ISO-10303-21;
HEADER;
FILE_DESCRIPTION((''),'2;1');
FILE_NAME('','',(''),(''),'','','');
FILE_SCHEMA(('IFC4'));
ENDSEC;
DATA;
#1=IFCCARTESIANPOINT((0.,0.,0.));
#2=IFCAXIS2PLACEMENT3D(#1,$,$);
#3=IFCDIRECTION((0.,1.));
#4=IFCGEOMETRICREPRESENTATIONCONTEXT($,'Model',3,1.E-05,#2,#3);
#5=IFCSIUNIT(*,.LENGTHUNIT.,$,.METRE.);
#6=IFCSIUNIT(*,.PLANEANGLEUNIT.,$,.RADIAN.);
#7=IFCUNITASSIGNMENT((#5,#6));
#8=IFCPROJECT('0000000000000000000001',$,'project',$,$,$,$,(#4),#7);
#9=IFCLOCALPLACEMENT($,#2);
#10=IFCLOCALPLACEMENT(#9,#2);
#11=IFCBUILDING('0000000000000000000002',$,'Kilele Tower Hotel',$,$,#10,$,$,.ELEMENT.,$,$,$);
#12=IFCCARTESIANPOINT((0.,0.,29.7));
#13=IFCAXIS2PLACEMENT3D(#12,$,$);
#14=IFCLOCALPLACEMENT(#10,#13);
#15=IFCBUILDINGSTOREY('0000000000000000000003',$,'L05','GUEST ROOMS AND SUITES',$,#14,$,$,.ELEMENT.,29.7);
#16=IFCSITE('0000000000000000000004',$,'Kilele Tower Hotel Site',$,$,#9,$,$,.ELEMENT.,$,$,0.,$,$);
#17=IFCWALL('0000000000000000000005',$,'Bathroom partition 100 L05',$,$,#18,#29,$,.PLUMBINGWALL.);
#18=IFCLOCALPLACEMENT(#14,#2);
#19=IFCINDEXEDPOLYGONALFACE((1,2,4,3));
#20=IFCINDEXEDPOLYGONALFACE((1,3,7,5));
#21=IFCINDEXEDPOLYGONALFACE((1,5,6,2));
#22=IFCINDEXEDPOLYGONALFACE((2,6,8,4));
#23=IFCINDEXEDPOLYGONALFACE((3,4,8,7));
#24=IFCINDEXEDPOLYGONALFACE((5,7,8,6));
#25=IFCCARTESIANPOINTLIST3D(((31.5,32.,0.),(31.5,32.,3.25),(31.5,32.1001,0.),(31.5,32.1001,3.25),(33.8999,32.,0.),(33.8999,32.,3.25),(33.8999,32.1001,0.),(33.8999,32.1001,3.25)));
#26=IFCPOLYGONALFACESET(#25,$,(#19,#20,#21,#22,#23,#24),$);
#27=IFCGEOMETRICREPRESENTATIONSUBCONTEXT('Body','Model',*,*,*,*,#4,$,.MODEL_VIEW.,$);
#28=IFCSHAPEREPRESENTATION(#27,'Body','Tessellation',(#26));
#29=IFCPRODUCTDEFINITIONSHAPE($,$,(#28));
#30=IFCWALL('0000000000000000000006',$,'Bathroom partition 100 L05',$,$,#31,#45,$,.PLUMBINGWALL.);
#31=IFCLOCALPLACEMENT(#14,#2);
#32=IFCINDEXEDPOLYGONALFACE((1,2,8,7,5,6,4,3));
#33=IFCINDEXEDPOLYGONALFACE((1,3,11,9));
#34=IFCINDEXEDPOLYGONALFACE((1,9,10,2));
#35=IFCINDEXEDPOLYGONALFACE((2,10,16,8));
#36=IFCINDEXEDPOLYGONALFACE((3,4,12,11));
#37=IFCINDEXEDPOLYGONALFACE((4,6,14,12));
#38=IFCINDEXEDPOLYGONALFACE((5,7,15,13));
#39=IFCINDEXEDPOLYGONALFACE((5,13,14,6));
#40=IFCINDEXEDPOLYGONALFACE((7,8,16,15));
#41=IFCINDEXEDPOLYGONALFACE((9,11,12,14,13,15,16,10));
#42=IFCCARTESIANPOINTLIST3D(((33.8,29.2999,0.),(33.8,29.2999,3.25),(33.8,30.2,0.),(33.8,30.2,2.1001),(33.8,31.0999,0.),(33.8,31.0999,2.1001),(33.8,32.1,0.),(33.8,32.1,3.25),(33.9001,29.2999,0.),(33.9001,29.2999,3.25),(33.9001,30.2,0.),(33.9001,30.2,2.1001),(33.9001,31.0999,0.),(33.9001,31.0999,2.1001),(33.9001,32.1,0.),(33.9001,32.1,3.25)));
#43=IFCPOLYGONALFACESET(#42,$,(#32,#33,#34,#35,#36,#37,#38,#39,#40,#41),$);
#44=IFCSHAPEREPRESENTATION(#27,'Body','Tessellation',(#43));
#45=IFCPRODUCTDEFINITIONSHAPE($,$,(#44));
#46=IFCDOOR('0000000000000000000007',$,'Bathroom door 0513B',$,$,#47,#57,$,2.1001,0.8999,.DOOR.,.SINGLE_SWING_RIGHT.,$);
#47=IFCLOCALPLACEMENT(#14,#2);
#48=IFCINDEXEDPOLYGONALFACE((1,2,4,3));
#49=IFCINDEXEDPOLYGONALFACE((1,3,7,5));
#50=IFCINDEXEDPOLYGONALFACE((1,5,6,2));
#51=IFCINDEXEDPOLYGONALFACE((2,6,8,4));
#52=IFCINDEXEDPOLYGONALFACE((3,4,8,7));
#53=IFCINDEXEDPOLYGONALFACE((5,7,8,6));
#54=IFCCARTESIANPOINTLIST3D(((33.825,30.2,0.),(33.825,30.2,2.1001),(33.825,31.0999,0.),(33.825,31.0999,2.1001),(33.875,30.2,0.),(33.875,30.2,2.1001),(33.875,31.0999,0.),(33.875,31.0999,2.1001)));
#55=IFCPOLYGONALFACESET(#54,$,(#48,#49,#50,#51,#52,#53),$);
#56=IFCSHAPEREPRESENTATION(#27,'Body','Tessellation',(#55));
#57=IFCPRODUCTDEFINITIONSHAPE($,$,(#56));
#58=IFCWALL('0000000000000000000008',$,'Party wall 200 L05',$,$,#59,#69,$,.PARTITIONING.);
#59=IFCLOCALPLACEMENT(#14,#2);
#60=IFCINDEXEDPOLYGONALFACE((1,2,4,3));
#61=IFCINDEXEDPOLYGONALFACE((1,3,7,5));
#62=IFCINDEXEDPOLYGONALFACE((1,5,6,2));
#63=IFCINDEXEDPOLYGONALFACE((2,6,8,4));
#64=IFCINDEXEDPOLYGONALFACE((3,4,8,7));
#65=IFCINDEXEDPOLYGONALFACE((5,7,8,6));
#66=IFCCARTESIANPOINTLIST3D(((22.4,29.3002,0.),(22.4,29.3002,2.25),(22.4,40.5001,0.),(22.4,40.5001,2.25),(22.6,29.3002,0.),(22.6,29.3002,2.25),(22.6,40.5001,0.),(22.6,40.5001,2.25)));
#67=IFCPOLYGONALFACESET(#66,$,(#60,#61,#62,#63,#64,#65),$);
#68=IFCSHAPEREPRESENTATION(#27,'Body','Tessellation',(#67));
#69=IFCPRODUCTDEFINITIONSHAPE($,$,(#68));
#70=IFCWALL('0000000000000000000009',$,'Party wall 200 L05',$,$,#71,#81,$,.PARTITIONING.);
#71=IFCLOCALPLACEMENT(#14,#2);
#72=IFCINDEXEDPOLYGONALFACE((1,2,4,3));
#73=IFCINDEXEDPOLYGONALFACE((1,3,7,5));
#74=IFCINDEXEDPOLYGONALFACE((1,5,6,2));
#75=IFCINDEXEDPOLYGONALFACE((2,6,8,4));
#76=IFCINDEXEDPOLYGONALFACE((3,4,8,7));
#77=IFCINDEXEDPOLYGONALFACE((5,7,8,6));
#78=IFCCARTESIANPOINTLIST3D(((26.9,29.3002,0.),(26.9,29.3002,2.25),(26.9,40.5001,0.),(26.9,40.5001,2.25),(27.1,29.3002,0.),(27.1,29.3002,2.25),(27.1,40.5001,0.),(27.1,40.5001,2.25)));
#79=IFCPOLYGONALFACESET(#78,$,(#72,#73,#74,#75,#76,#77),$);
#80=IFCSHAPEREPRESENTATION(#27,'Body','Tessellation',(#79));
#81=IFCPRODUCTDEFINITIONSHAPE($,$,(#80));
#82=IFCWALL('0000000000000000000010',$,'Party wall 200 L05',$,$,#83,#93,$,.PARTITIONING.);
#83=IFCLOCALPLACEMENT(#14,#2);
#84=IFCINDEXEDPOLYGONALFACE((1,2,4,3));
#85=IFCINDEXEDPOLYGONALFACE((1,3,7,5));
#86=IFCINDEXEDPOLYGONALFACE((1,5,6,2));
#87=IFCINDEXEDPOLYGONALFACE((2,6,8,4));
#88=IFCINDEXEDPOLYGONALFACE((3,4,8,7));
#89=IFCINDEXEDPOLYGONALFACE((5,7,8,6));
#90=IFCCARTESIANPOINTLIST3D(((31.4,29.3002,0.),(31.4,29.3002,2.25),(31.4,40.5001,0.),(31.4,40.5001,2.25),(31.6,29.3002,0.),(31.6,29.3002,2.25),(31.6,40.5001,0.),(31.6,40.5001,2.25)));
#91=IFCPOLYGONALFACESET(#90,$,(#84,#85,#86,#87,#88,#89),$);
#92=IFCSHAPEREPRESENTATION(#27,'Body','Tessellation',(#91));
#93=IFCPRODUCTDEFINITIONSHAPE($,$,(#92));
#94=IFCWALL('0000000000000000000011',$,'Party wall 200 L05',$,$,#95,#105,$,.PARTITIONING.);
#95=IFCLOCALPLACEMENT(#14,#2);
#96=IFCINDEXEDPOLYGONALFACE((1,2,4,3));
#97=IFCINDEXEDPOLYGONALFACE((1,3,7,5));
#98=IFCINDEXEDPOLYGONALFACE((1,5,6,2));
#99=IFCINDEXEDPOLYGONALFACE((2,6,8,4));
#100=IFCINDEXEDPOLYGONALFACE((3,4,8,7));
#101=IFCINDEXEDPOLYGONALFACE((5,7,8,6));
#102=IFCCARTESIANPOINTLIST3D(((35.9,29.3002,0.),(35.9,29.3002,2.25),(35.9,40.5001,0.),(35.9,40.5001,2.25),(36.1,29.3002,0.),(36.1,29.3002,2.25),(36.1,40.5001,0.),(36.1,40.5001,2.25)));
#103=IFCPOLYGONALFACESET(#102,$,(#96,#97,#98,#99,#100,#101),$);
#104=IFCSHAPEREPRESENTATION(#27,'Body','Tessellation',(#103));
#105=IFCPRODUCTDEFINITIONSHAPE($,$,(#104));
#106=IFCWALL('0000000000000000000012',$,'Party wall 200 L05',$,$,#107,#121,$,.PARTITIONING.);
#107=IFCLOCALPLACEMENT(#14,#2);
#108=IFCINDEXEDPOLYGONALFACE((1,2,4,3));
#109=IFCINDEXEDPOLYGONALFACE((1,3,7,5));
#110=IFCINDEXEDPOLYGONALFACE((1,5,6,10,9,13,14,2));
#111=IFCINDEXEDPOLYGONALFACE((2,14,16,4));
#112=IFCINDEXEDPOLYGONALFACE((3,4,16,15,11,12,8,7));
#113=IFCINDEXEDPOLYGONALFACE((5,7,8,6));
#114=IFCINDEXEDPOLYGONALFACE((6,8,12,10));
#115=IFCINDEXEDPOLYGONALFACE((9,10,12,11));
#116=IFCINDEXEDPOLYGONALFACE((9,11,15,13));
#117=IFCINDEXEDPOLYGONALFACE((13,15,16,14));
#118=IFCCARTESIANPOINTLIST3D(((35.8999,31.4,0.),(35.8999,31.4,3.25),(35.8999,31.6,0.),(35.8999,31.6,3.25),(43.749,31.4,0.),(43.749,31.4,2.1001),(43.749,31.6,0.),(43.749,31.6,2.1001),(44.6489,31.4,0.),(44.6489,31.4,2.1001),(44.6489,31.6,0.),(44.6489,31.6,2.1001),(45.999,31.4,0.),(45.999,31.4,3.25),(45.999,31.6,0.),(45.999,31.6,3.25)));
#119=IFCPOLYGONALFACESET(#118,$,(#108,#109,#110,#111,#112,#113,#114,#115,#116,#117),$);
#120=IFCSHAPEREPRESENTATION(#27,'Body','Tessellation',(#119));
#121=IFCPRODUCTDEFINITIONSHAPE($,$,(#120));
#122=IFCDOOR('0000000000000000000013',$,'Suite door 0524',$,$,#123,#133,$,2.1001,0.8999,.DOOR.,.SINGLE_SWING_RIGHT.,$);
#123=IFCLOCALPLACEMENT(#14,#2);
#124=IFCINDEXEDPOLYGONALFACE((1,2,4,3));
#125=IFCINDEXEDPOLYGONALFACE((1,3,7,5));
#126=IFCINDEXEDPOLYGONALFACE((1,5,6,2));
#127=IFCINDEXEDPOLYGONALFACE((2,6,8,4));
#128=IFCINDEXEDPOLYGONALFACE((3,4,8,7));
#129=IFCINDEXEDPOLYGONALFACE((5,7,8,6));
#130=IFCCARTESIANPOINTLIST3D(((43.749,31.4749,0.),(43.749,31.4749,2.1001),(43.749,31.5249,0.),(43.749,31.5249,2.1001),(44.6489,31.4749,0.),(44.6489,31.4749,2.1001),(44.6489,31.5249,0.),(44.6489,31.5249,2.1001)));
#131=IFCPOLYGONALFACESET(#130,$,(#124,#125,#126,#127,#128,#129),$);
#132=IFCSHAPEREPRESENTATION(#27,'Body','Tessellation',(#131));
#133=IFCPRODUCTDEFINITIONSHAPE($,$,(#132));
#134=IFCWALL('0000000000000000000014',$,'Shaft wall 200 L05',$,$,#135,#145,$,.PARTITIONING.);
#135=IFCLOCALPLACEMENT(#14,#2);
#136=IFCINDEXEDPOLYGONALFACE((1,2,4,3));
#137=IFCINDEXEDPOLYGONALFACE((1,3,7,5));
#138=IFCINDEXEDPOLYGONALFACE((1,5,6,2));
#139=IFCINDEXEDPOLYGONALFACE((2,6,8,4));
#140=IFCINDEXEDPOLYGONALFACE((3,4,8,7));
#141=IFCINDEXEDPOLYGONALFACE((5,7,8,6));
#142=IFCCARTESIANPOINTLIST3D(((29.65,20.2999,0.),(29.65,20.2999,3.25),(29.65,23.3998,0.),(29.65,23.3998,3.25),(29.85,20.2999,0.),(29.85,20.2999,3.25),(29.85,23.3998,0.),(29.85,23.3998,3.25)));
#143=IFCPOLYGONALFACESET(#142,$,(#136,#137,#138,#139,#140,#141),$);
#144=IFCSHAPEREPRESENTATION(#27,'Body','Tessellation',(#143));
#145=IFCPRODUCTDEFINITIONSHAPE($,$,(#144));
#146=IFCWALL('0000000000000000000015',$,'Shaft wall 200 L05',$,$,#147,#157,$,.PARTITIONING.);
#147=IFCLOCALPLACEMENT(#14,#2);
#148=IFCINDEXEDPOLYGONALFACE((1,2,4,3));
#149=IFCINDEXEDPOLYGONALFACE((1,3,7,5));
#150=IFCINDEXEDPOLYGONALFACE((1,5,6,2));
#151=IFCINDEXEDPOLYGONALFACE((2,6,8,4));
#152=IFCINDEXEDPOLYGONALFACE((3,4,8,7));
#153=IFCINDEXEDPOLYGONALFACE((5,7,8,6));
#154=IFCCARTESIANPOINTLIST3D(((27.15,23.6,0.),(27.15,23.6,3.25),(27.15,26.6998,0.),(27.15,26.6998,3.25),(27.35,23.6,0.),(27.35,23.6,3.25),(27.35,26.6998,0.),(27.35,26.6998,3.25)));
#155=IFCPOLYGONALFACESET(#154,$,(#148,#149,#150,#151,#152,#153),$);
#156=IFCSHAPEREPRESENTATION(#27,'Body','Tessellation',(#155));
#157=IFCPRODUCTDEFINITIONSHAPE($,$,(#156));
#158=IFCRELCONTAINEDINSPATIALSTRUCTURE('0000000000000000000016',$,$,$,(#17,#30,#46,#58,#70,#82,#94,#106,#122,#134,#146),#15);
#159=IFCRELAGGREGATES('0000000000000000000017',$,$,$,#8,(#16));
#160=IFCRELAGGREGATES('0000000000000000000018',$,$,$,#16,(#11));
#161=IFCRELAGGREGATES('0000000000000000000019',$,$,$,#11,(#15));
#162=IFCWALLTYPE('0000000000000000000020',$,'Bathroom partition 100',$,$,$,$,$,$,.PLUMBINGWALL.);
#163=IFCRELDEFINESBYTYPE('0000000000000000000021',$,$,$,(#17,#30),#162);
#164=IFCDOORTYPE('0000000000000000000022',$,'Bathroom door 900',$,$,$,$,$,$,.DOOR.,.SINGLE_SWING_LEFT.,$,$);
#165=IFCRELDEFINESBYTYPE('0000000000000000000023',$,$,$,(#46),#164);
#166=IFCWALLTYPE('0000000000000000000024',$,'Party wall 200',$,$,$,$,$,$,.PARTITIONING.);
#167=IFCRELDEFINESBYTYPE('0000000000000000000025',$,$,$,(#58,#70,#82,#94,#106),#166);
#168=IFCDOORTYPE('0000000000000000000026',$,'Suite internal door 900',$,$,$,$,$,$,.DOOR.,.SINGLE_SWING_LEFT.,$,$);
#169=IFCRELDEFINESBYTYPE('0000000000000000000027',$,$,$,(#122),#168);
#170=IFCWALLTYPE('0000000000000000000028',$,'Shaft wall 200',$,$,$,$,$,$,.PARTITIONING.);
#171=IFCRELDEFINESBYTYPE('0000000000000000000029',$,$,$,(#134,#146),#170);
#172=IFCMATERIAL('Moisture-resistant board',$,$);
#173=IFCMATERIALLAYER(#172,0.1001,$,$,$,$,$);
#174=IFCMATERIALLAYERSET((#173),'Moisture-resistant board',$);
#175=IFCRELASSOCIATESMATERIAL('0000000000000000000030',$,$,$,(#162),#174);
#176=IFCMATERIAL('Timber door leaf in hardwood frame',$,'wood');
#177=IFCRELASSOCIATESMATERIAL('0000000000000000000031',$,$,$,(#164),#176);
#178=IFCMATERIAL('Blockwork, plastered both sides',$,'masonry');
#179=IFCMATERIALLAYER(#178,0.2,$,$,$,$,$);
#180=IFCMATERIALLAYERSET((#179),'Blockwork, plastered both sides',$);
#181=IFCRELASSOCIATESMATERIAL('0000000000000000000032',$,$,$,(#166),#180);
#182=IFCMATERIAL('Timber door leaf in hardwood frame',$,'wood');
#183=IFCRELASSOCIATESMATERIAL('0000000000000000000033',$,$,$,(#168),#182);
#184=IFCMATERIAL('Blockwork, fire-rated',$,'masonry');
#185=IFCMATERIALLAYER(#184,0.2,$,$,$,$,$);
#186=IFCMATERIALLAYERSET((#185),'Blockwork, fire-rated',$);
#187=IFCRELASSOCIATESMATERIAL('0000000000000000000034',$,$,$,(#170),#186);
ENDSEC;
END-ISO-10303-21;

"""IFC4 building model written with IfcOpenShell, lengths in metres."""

from ifc_helpers import new_model, si_unit, direction, frame, frame_2d, origin, place, context, subcontext, project, spatial, rectangle, extrude, material, layer, layer_set, type_object, element, fill, save


model = new_model("IFC4")

# Units and contexts
model_context = context("Model", 3, precision=1e-05, world=origin(), true_north=direction((0.0, 1.0)))
body_context = subcontext(model_context, "Body", "Model", "MODEL_VIEW")
ifc_project = project(units=[si_unit("LENGTHUNIT", "METRE"), si_unit("PLANEANGLEUNIT", "RADIAN")], contexts=[model_context])

# Site, building, storey
site_placement = place(None, origin())
site = spatial("IfcSite", under=ifc_project, at=site_placement, Name="Kilele Tower Hotel Site", CompositionType="ELEMENT", RefElevation=0.0)
building_placement = place(site_placement, origin())
building = spatial("IfcBuilding", under=site, at=building_placement, Name="Kilele Tower Hotel", CompositionType="ELEMENT")
storey_placement = place(building_placement, frame((0.0, 0.0, 29.7)))
storey = spatial("IfcBuildingStorey", under=building, at=storey_placement, Name="L05", Description="GUEST ROOMS AND SUITES", CompositionType="ELEMENT", Elevation=29.7)

# Shared definitions
ifc_material_1 = material(Name="Moisture-resistant board")
ifc_layer_1 = layer(ifc_material_1, 0.1001)
ifc_layer_set_1 = layer_set([ifc_layer_1], Name="Moisture-resistant board")
wall_type_1 = type_object("IfcWallType", Name="Bathroom partition 100", PredefinedType="PLUMBINGWALL", material=ifc_layer_set_1)

# Shared definitions
ifc_material_2 = material(Name="Timber door leaf in hardwood frame", Category="wood")
door_type_1 = type_object("IfcDoorType", Name="Bathroom door 900", OperationType="SINGLE_SWING_LEFT", PredefinedType="DOOR", material=ifc_material_2)

# Wall
wall_1_placement = place(storey_placement, frame((31.5, 32.05, 0.0), z_axis=(0.0, 0.0, 1.0), x_axis=(1.0, 0.0, 0.0)))
element("IfcWall", 1, at=wall_1_placement, inside=storey, type_object=wall_type_1, Name="Bathroom partition 100 L05", PredefinedType="PLUMBINGWALL", context=body_context, shape_type="SweptSolid", body=[
    extrude(rectangle(XDim=2.3999, YDim=0.1001, at=frame_2d((1.2, 0.0))), origin(), (0.0, 0.0, 1.0), 3.25),
])

# Wall, opening, door
wall_2_placement = place(storey_placement, frame((33.8501, 29.3, 0.0), z_axis=(0.0, 0.0, 1.0), x_axis=(0.0, 1.0, 0.0)))
wall_2 = element("IfcWall", 2, at=wall_2_placement, inside=storey, type_object=wall_type_1, Name="Bathroom partition 100 L05", PredefinedType="PLUMBINGWALL", context=body_context, shape_type="SweptSolid", body=[
    extrude(rectangle(XDim=2.8, YDim=0.1001, at=frame_2d((1.3999, 0.0))), origin(), (0.0, 0.0, 1.0), 3.25),
])
opening_1_placement = place(wall_2_placement, frame((1.7998, 0.0, 0.0), z_axis=(0.0, 0.0, 1.0), x_axis=(-1.0, 0.0, 0.0)))
opening_1 = element("IfcOpeningElement", 3, at=opening_1_placement, cuts=wall_2, PredefinedType="OPENING", context=body_context, shape_type="SweptSolid", body=[
    extrude(rectangle(XDim=0.8999, YDim=2.1001, at=frame_2d((0.45, 1.05))), frame((0.0, 0.0601, 0.0), z_axis=(0.0, -1.0, 0.0), x_axis=(1.0, 0.0, 0.0)), (0.0, 0.0, 1.0), 0.1201),
])
door_1_placement = place(opening_1_placement, origin())
door_1 = element("IfcDoor", 4, at=door_1_placement, inside=storey, type_object=door_type_1, Name="Bathroom door 0513B", OperationType="SINGLE_SWING_RIGHT", OverallHeight=2.1001, OverallWidth=0.8999, PredefinedType="DOOR", context=body_context, shape_type="SweptSolid", body=[
    extrude(rectangle(XDim=0.8999, YDim=2.1001, at=frame_2d((0.45, 1.05))), frame((0.0, 0.0249, 0.0), z_axis=(0.0, -1.0, 0.0), x_axis=(1.0, 0.0, 0.0)), (0.0, 0.0, 1.0), 0.05),
])
fill(opening_1, door_1)

# Walls
ifc_material_3 = material(Name="Blockwork, plastered both sides", Category="masonry")
ifc_layer_2 = layer(ifc_material_3, 0.2)
ifc_layer_set_2 = layer_set([ifc_layer_2], Name="Blockwork, plastered both sides")
wall_type_2 = type_object("IfcWallType", Name="Party wall 200", PredefinedType="PARTITIONING", material=ifc_layer_set_2)
for number, where, z_axis, x_axis, name in (
    (5, (22.5, 29.3, 0.0), (0.0, 0.0, 1.0), (0.0, 1.0, 0.0), "Party wall 200 L05"),
    (6, (27.0, 29.3, 0.0), (0.0, 0.0, 1.0), (0.0, 1.0, 0.0), "Party wall 200 L05"),
    (7, (31.5, 29.3, 0.0), (0.0, 0.0, 1.0), (0.0, 1.0, 0.0), "Party wall 200 L05"),
    (8, (36.0, 29.3, 0.0), (0.0, 0.0, 1.0), (0.0, 1.0, 0.0), "Party wall 200 L05"),
):
    element("IfcWall", number, at=place(storey_placement, frame(where, z_axis=z_axis, x_axis=x_axis)), inside=storey, type_object=wall_type_2, Name=name, PredefinedType="PARTITIONING", context=body_context, shape_type="SweptSolid", body=[
        extrude(rectangle(XDim=11.2, YDim=0.2, at=frame_2d((5.6001, 0.0))), origin(), (0.0, 0.0, 1.0), 2.25),
    ])

# Wall, opening, door
wall_3_placement = place(storey_placement, frame((35.8999, 31.5, 0.0), z_axis=(0.0, 0.0, 1.0), x_axis=(1.0, 0.0, 0.0)))
wall_3 = element("IfcWall", 9, at=wall_3_placement, inside=storey, type_object=wall_type_2, Name="Party wall 200 L05", PredefinedType="PARTITIONING", context=body_context, shape_type="SweptSolid", body=[
    extrude(rectangle(XDim=10.0991, YDim=0.2, at=frame_2d((5.0496, 0.0))), origin(), (0.0, 0.0, 1.0), 3.25),
])
opening_2_placement = place(wall_3_placement, frame((7.8491, 0.0, 0.0)))
opening_2 = element("IfcOpeningElement", 10, at=opening_2_placement, cuts=wall_3, PredefinedType="OPENING", context=body_context, shape_type="SweptSolid", body=[
    extrude(rectangle(XDim=0.8999, YDim=2.1001, at=frame_2d((0.45, 1.05))), frame((0.0, 0.1099, 0.0), z_axis=(0.0, -1.0, 0.0), x_axis=(1.0, 0.0, 0.0)), (0.0, 0.0, 1.0), 0.22),
])
ifc_material_4 = material(Name="Timber door leaf in hardwood frame", Category="wood")
door_type_2 = type_object("IfcDoorType", Name="Suite internal door 900", OperationType="SINGLE_SWING_LEFT", PredefinedType="DOOR", material=ifc_material_4)
door_2_placement = place(opening_2_placement, origin())
door_2 = element("IfcDoor", 11, at=door_2_placement, inside=storey, type_object=door_type_2, Name="Suite door 0524", OperationType="SINGLE_SWING_RIGHT", OverallHeight=2.1001, OverallWidth=0.8999, PredefinedType="DOOR", context=body_context, shape_type="SweptSolid", body=[
    extrude(rectangle(XDim=0.8999, YDim=2.1001, at=frame_2d((0.45, 1.05))), frame((0.0, 0.0249, 0.0), z_axis=(0.0, -1.0, 0.0), x_axis=(1.0, 0.0, 0.0)), (0.0, 0.0, 1.0), 0.05),
])
fill(opening_2, door_2)

# Walls
ifc_material_5 = material(Name="Blockwork, fire-rated", Category="masonry")
ifc_layer_3 = layer(ifc_material_5, 0.2)
ifc_layer_set_3 = layer_set([ifc_layer_3], Name="Blockwork, fire-rated")
wall_type_3 = type_object("IfcWallType", Name="Shaft wall 200", PredefinedType="PARTITIONING", material=ifc_layer_set_3)
for number, where, z_axis, x_axis, name in (
    (12, (29.75, 20.3, 0.0), (0.0, 0.0, 1.0), (0.0, 1.0, 0.0), "Shaft wall 200 L05"),
    (13, (27.25, 23.6001, 0.0), (0.0, 0.0, 1.0), (0.0, 1.0, 0.0), "Shaft wall 200 L05"),
):
    element("IfcWall", number, at=place(storey_placement, frame(where, z_axis=z_axis, x_axis=x_axis)), inside=storey, type_object=wall_type_3, Name=name, PredefinedType="PARTITIONING", context=body_context, shape_type="SweptSolid", body=[
        extrude(rectangle(XDim=3.0999, YDim=0.2, at=frame_2d((1.5498, 0.0))), origin(), (0.0, 0.0, 1.0), 3.25),
    ])

save(model, "model.ifc")
